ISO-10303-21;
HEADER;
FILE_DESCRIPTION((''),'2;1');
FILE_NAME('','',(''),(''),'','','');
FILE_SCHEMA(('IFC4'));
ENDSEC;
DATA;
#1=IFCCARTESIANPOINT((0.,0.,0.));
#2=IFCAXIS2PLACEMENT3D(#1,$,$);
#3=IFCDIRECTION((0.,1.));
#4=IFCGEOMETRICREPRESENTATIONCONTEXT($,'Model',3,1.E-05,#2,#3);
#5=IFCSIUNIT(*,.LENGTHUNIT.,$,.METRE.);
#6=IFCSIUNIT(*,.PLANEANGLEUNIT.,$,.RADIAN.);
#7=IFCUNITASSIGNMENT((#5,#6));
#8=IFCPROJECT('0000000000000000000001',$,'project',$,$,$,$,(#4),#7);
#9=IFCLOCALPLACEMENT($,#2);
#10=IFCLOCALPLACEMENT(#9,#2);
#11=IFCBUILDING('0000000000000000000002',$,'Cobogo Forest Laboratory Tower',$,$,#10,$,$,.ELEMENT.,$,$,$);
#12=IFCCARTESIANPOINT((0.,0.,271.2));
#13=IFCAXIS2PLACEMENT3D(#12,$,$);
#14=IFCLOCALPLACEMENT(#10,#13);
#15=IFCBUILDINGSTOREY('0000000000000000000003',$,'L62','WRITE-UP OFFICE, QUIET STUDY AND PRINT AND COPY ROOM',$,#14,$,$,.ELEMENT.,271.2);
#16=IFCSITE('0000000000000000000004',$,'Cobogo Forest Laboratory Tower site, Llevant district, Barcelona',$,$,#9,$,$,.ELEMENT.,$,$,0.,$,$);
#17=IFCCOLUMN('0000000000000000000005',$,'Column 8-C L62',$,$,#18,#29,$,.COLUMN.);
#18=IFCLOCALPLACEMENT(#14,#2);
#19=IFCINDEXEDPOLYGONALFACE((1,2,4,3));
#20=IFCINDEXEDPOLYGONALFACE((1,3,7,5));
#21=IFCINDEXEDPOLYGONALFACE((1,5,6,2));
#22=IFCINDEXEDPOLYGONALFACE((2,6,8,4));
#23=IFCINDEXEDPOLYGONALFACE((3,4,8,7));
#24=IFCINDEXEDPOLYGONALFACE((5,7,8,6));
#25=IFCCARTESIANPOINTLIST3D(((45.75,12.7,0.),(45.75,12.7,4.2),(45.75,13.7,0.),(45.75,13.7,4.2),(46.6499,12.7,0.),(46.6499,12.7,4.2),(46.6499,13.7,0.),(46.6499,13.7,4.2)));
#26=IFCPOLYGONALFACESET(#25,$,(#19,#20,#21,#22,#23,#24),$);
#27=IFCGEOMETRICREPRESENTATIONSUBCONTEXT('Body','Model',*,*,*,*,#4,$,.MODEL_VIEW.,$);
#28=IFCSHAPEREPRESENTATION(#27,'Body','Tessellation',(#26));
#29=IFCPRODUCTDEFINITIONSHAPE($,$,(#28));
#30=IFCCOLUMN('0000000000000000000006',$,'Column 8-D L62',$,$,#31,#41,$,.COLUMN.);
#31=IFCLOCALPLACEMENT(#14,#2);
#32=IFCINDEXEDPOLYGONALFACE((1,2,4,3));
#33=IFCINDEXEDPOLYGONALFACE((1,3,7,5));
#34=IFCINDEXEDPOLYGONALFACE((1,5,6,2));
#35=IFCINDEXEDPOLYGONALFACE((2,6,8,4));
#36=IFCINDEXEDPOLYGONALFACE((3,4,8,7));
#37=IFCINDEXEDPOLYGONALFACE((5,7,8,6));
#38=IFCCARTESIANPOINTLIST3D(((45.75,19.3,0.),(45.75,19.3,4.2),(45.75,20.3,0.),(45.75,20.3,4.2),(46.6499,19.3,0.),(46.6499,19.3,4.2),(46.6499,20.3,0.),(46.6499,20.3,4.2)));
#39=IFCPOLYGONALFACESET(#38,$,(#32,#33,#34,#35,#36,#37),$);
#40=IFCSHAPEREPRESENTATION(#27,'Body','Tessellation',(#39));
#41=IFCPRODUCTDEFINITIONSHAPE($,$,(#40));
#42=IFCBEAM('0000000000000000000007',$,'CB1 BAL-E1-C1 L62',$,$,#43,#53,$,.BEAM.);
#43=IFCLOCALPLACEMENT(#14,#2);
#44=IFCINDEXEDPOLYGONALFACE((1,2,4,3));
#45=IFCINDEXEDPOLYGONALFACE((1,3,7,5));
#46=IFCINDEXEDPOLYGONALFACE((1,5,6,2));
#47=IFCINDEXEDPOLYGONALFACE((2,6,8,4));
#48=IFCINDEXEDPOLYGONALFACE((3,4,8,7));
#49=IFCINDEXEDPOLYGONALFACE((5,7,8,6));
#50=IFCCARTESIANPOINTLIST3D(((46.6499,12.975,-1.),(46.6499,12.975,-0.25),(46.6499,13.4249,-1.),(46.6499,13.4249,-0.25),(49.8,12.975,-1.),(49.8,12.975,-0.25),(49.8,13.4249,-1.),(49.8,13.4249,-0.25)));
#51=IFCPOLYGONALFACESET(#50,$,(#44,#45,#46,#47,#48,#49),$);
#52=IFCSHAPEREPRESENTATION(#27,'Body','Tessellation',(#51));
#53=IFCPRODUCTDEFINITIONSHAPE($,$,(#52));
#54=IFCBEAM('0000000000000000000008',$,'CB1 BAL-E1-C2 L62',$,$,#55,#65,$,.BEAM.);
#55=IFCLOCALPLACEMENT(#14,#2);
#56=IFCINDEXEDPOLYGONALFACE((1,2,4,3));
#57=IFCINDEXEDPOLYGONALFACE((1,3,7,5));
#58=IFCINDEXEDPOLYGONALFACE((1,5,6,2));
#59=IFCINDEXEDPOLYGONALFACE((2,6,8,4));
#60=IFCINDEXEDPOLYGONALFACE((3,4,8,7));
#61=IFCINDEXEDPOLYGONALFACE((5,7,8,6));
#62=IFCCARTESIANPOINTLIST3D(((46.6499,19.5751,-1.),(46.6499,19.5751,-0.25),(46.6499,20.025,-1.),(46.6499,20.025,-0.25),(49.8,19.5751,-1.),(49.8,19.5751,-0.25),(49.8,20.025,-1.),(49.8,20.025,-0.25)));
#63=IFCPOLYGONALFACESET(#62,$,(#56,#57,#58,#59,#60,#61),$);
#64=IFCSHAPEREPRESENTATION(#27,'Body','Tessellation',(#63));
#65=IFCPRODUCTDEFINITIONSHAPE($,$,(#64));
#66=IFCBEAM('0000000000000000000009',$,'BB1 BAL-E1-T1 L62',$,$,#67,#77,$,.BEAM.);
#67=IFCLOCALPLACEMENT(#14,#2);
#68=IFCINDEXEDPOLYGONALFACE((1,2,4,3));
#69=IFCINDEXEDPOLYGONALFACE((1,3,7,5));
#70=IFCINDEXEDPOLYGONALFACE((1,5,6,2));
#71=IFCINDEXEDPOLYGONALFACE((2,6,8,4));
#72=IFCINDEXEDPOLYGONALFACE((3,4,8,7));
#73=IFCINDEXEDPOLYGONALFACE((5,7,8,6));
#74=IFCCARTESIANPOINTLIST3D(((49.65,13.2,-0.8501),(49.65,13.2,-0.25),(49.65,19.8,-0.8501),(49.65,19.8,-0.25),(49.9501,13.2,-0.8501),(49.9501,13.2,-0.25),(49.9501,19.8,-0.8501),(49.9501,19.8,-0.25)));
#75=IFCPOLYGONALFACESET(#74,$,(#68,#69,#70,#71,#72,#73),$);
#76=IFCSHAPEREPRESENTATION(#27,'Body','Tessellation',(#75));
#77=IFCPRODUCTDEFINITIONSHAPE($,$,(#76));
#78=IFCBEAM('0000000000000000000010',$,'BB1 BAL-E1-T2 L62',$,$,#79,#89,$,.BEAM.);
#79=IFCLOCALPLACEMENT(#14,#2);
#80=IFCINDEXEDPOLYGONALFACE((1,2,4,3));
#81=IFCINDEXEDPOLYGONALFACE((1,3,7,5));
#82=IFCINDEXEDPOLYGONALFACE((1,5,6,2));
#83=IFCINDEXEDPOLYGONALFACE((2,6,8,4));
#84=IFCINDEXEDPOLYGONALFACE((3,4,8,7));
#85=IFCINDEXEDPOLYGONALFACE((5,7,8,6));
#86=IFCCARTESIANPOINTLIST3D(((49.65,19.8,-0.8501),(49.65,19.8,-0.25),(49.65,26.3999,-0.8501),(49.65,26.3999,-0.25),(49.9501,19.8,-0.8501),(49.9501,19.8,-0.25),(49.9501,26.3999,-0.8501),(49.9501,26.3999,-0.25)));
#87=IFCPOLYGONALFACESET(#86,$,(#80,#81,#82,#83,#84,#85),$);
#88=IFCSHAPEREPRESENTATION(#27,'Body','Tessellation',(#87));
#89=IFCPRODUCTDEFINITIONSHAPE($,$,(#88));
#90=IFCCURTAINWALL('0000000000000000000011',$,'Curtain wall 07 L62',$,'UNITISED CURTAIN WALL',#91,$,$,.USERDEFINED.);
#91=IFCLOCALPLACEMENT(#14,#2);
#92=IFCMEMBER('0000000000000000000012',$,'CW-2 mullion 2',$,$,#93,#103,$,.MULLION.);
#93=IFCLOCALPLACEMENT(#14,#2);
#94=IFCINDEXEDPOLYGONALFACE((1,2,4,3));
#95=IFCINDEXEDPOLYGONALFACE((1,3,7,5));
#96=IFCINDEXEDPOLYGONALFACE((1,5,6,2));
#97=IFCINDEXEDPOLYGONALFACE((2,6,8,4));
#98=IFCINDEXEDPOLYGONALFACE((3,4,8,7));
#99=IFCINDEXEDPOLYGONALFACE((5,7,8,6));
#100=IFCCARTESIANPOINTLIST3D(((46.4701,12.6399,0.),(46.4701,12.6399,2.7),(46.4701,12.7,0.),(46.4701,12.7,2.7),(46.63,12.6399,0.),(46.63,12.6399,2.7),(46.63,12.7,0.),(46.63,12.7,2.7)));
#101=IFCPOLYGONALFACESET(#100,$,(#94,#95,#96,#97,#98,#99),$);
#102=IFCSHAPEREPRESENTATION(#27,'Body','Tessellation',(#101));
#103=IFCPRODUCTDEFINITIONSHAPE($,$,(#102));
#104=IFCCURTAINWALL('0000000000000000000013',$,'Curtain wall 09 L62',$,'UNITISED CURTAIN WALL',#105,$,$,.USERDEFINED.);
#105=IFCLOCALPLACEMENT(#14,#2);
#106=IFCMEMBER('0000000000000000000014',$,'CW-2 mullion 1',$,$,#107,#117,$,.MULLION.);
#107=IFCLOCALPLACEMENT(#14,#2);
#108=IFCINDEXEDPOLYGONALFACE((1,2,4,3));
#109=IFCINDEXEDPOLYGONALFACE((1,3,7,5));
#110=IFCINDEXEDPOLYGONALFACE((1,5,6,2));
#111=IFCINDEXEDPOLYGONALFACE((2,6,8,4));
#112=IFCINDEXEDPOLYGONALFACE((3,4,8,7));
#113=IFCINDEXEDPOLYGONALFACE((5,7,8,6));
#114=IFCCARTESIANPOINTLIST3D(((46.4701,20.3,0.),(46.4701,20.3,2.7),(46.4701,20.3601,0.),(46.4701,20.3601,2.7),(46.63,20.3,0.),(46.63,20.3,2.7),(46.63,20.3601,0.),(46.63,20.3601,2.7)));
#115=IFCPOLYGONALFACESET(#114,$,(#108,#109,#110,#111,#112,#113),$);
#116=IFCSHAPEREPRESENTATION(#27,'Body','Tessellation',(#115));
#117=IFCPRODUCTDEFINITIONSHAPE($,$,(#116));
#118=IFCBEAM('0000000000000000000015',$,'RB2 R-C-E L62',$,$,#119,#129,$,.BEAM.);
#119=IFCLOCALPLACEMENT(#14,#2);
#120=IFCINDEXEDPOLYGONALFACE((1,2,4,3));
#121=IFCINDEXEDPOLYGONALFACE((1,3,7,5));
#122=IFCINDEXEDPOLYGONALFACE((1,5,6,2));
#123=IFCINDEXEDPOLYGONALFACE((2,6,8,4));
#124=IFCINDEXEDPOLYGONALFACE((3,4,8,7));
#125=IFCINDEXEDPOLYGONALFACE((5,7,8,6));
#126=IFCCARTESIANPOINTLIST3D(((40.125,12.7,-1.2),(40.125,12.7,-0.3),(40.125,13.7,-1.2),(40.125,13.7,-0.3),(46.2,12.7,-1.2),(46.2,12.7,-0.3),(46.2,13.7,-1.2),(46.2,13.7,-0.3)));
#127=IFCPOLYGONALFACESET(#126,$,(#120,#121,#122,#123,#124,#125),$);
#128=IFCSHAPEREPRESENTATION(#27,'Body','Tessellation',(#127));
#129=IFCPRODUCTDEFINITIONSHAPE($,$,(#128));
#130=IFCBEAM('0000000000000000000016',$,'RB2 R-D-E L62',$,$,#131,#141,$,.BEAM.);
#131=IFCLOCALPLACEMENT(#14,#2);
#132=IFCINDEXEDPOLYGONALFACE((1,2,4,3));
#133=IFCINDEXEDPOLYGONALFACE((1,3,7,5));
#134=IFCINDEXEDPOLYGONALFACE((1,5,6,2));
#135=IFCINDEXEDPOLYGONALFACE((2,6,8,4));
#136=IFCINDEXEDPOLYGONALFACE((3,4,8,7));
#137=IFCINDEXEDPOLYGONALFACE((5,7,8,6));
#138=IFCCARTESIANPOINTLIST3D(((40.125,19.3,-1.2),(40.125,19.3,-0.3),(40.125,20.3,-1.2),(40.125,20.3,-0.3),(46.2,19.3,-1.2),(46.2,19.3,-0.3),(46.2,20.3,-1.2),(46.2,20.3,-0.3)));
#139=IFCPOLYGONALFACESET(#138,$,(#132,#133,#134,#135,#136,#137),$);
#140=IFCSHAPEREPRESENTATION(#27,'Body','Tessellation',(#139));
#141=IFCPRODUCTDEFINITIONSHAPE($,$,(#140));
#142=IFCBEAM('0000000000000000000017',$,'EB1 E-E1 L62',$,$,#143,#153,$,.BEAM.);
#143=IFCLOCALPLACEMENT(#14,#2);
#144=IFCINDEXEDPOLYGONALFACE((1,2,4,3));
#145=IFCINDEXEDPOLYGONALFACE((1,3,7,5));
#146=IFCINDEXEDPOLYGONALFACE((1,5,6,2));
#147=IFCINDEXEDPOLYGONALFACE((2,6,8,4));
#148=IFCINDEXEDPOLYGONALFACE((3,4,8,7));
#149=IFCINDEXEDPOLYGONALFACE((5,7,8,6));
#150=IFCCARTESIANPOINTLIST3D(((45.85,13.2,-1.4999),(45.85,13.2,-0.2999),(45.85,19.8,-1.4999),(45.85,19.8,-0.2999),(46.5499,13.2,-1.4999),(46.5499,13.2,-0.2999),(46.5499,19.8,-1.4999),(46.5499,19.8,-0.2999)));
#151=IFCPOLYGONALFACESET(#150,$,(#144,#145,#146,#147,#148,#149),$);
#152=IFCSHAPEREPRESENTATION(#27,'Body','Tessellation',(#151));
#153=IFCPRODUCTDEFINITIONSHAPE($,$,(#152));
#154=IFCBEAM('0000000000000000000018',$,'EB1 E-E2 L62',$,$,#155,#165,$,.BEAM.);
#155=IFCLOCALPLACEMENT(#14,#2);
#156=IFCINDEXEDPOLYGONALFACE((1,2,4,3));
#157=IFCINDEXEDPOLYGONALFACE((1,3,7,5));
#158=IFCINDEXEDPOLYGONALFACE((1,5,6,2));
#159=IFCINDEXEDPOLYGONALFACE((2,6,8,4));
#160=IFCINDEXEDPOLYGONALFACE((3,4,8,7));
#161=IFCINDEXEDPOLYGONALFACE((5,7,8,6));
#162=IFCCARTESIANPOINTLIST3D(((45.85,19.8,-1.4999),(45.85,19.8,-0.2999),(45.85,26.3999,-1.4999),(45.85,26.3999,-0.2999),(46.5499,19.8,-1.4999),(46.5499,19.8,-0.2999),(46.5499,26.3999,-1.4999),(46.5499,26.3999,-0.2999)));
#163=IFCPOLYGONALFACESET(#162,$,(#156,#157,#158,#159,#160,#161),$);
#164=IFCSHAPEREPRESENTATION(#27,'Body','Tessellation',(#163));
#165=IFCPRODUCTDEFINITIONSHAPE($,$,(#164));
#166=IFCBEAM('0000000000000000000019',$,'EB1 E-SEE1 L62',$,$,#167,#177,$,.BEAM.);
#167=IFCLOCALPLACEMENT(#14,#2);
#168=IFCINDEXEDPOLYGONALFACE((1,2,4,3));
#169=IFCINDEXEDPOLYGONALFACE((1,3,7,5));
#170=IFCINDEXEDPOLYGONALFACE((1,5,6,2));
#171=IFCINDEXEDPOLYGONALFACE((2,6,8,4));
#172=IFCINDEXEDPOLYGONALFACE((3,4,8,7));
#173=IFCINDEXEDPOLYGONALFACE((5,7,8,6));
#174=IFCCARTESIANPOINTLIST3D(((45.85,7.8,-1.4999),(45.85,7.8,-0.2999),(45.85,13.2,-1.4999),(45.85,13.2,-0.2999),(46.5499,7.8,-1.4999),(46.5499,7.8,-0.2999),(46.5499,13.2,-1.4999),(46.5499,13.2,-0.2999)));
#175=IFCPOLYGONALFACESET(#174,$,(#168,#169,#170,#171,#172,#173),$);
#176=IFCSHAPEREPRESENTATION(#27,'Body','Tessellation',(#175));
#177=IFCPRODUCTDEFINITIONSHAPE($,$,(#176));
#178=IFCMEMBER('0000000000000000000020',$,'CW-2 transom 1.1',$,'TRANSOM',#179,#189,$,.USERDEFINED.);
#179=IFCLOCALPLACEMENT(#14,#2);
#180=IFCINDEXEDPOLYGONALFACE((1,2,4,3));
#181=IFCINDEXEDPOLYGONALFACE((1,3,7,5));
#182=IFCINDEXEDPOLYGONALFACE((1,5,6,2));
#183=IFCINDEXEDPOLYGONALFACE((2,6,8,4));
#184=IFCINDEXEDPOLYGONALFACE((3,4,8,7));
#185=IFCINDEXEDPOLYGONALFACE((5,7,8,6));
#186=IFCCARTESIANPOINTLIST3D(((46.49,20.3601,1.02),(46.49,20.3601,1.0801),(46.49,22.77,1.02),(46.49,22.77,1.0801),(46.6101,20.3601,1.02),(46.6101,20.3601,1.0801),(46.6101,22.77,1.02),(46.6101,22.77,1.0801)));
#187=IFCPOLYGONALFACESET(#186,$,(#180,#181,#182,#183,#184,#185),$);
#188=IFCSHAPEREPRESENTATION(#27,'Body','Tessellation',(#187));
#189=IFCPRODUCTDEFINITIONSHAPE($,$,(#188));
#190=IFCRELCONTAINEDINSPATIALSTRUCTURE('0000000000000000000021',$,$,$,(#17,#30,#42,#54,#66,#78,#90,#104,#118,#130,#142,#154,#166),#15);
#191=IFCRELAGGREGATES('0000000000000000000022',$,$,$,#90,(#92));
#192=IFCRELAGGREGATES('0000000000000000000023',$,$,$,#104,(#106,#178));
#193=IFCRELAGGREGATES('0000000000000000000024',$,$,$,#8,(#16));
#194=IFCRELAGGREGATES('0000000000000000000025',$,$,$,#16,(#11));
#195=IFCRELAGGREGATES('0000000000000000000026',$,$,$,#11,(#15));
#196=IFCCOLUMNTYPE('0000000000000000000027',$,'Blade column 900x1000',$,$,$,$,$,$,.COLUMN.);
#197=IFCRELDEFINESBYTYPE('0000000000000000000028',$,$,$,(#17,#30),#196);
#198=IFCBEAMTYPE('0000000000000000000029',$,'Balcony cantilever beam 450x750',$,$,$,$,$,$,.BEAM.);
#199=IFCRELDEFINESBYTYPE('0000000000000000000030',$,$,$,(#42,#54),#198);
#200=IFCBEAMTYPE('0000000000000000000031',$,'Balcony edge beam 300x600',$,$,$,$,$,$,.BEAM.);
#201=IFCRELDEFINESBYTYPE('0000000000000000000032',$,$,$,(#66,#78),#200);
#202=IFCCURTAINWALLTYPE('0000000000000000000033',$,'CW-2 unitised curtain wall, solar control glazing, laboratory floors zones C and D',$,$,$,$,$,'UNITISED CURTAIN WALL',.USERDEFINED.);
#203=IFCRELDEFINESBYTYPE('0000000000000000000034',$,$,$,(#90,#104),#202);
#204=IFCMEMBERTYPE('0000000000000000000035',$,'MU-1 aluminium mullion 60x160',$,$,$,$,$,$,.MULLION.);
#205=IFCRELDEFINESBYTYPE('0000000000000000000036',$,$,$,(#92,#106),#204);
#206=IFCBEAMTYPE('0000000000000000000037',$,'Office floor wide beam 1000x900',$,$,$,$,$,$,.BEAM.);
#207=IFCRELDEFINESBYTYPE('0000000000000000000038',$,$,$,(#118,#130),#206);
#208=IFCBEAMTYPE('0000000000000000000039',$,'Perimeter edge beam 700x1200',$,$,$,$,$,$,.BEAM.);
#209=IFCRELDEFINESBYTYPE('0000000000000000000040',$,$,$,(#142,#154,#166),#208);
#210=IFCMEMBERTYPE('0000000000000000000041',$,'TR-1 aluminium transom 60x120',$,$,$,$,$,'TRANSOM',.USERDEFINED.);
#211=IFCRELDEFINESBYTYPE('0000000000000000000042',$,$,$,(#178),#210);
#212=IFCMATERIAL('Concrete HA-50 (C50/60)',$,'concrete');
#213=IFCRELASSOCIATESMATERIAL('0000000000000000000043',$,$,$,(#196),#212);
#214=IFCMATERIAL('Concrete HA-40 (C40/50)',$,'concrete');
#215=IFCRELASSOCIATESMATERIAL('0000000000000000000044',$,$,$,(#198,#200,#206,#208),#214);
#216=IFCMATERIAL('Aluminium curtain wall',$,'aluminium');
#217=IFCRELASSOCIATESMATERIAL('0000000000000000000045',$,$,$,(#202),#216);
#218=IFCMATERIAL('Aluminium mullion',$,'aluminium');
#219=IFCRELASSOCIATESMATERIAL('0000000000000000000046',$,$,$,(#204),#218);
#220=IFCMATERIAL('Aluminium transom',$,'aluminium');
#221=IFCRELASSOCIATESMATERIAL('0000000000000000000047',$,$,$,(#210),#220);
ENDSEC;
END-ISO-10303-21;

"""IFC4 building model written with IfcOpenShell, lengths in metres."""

from ifc_helpers import new_model, si_unit, direction, frame, origin, origin_2d, place, context, subcontext, project, spatial, rectangle, extrude, material, material_profile, profile_set, type_object, element, aggregate, save


model = new_model("IFC4")

# Units and contexts
model_context = context("Model", 3, precision=1e-05, world=origin(), true_north=direction((0.0, 1.0)))
body_context = subcontext(model_context, "Body", "Model", "MODEL_VIEW")
ifc_project = project(units=[si_unit("LENGTHUNIT", "METRE"), si_unit("PLANEANGLEUNIT", "RADIAN")], contexts=[model_context])

# Site, building, storey
site_placement = place(None, origin())
site = spatial("IfcSite", under=ifc_project, at=site_placement, Name="Cobogo Forest Laboratory Tower site, Llevant district, Barcelona", CompositionType="ELEMENT", RefElevation=0.0)
building_placement = place(site_placement, origin())
building = spatial("IfcBuilding", under=site, at=building_placement, Name="Cobogo Forest Laboratory Tower", CompositionType="ELEMENT")
storey_placement = place(building_placement, frame((0.0, 0.0, 271.2)))
storey = spatial("IfcBuildingStorey", under=building, at=storey_placement, Name="L62", Description="WRITE-UP OFFICE, QUIET STUDY AND PRINT AND COPY ROOM", CompositionType="ELEMENT", Elevation=271.2)

# Columns
ifc_material_1 = material(Name="Concrete HA-50 (C50/60)", Category="concrete")
ifc_material_profile_1 = material_profile(ifc_material_1, rectangle(XDim=1.0, YDim=0.8999, at=origin_2d()), Name="RC 900x1000")
ifc_profile_set_1 = profile_set([ifc_material_profile_1], Name="Concrete HA-50 (C50/60)")
column_type = type_object("IfcColumnType", Name="Blade column 900x1000", PredefinedType="COLUMN", material=ifc_profile_set_1)
for number, where, z_axis, x_axis, name in (
    (1, (46.2, 13.2, 0.0), (0.0, 0.0, 1.0), (0.0, 1.0, 0.0), "Column 8-C L62"),
    (2, (46.2, 19.8, 0.0), (0.0, 0.0, 1.0), (0.0, 1.0, 0.0), "Column 8-D L62"),
):
    element("IfcColumn", number, at=place(storey_placement, frame(where, z_axis=z_axis, x_axis=x_axis)), inside=storey, type_object=column_type, Name=name, PredefinedType="COLUMN", context=body_context, shape_type="SweptSolid", body=[
        extrude(rectangle(XDim=1.0, YDim=0.8999, at=origin_2d()), origin(), (0.0, 0.0, 1.0), 4.2),
    ])

# Beams
ifc_material_2 = material(Name="Concrete HA-40 (C40/50)", Category="concrete")
ifc_material_profile_2 = material_profile(ifc_material_2, rectangle(XDim=0.45, YDim=0.75, at=origin_2d()), Name="RC 450x750")
ifc_profile_set_2 = profile_set([ifc_material_profile_2], Name="Concrete HA-40 (C40/50)")
beam_type_1 = type_object("IfcBeamType", Name="Balcony cantilever beam 450x750", PredefinedType="BEAM", material=ifc_profile_set_2)
for number, where, z_axis, x_axis, name in (
    (3, (46.6499, 13.2, -0.625), (1.0, 0.0, 0.0), (0.0, 1.0, 0.0), "CB1 BAL-E1-C1 L62"),
    (4, (46.6499, 19.8, -0.625), (1.0, 0.0, 0.0), (0.0, 1.0, 0.0), "CB1 BAL-E1-C2 L62"),
):
    element("IfcBeam", number, at=place(storey_placement, frame(where, z_axis=z_axis, x_axis=x_axis)), inside=storey, type_object=beam_type_1, Name=name, PredefinedType="BEAM", context=body_context, shape_type="SweptSolid", body=[
        extrude(rectangle(XDim=0.45, YDim=0.75, at=origin_2d()), origin(), (0.0, 0.0, 1.0), 3.1501),
    ])
ifc_material_profile_3 = material_profile(ifc_material_2, rectangle(XDim=0.3, YDim=0.6001, at=origin_2d()), Name="RC 300x600")
ifc_profile_set_3 = profile_set([ifc_material_profile_3], Name="Concrete HA-40 (C40/50)")
beam_type_2 = type_object("IfcBeamType", Name="Balcony edge beam 300x600", PredefinedType="BEAM", material=ifc_profile_set_3)
beam_1_placement = place(storey_placement, frame((49.8, 13.2, -0.55), z_axis=(0.0, 1.0, 0.0), x_axis=(-1.0, 0.0, 0.0)))
element("IfcBeam", 5, at=beam_1_placement, inside=storey, type_object=beam_type_2, Name="BB1 BAL-E1-T1 L62", PredefinedType="BEAM", context=body_context, shape_type="SweptSolid", body=[
    extrude(rectangle(XDim=0.3, YDim=0.6001, at=origin_2d()), origin(), (0.0, 0.0, 1.0), 6.6001),
])
beam_2_placement = place(storey_placement, frame((49.8, 19.8, -0.55), z_axis=(0.0, 1.0, 0.0), x_axis=(-1.0, 0.0, 0.0)))
element("IfcBeam", 6, at=beam_2_placement, inside=storey, type_object=beam_type_2, Name="BB1 BAL-E1-T2 L62", PredefinedType="BEAM", context=body_context, shape_type="SweptSolid", body=[
    extrude(rectangle(XDim=0.3, YDim=0.6001, at=origin_2d()), origin(), (0.0, 0.0, 1.0), 6.5999),
])

# Curtain walls, members
ifc_material_3 = material(Name="Aluminium curtain wall", Category="aluminium")
curtain_wall_type = type_object("IfcCurtainWallType", Name="CW-2 unitised curtain wall, solar control glazing, laboratory floors zones C and D", ElementType="UNITISED CURTAIN WALL", PredefinedType="USERDEFINED", material=ifc_material_3)
curtain_wall_1_placement = place(storey_placement, origin())
curtain_wall_1 = element("IfcCurtainWall", 7, at=curtain_wall_1_placement, inside=storey, type_object=curtain_wall_type, Name="Curtain wall 07 L62", ObjectType="UNITISED CURTAIN WALL", PredefinedType="USERDEFINED")
ifc_material_4 = material(Name="Aluminium mullion", Category="aluminium")
ifc_material_profile_4 = material_profile(ifc_material_4, rectangle(XDim=0.0601, YDim=0.1599, at=origin_2d()), Name="AL 60x160")
ifc_profile_set_4 = profile_set([ifc_material_profile_4], Name="Aluminium mullion")
member_type_1 = type_object("IfcMemberType", Name="MU-1 aluminium mullion 60x160", PredefinedType="MULLION", material=ifc_profile_set_4)
member_1_placement = place(storey_placement, frame((46.55, 12.6699, 0.0), z_axis=(0.0, 0.0, 1.0), x_axis=(0.0, 1.0, 0.0)))
member_1 = element("IfcMember", 8, at=member_1_placement, type_object=member_type_1, Name="CW-2 mullion 2", PredefinedType="MULLION", context=body_context, shape_type="SweptSolid", body=[
    extrude(rectangle(XDim=0.0601, YDim=0.1599, at=origin_2d()), origin(), (0.0, 0.0, 1.0), 2.7),
])
aggregate(curtain_wall_1, [member_1])
curtain_wall_2_placement = place(storey_placement, origin())
curtain_wall_2 = element("IfcCurtainWall", 9, at=curtain_wall_2_placement, inside=storey, type_object=curtain_wall_type, Name="Curtain wall 09 L62", ObjectType="UNITISED CURTAIN WALL", PredefinedType="USERDEFINED")
member_2_placement = place(storey_placement, frame((46.55, 20.3301, 0.0), z_axis=(0.0, 0.0, 1.0), x_axis=(0.0, 1.0, 0.0)))
member_2 = element("IfcMember", 10, at=member_2_placement, type_object=member_type_1, Name="CW-2 mullion 1", PredefinedType="MULLION", context=body_context, shape_type="SweptSolid", body=[
    extrude(rectangle(XDim=0.0601, YDim=0.1599, at=origin_2d()), origin(), (0.0, 0.0, 1.0), 2.7),
])

# Beams
ifc_material_profile_5 = material_profile(ifc_material_2, rectangle(XDim=1.0, YDim=0.8999, at=origin_2d()), Name="RC 1000x900")
ifc_profile_set_5 = profile_set([ifc_material_profile_5], Name="Concrete HA-40 (C40/50)")
beam_type_3 = type_object("IfcBeamType", Name="Office floor wide beam 1000x900", PredefinedType="BEAM", material=ifc_profile_set_5)
for number, where, z_axis, x_axis, name in (
    (11, (40.125, 13.2, -0.75), (1.0, 0.0, 0.0), (0.0, 1.0, 0.0), "RB2 R-C-E L62"),
    (12, (40.125, 19.8, -0.75), (1.0, 0.0, 0.0), (0.0, 1.0, 0.0), "RB2 R-D-E L62"),
):
    element("IfcBeam", number, at=place(storey_placement, frame(where, z_axis=z_axis, x_axis=x_axis)), inside=storey, type_object=beam_type_3, Name=name, PredefinedType="BEAM", context=body_context, shape_type="SweptSolid", body=[
        extrude(rectangle(XDim=1.0, YDim=0.8999, at=origin_2d()), origin(), (0.0, 0.0, 1.0), 6.075),
    ])
ifc_material_profile_6 = material_profile(ifc_material_2, rectangle(XDim=0.7, YDim=1.2, at=origin_2d()), Name="RC 700x1200")
ifc_profile_set_6 = profile_set([ifc_material_profile_6], Name="Concrete HA-40 (C40/50)")
beam_type_4 = type_object("IfcBeamType", Name="Perimeter edge beam 700x1200", PredefinedType="BEAM", material=ifc_profile_set_6)
beam_3_placement = place(storey_placement, frame((46.2, 13.2, -0.8999), z_axis=(0.0, 1.0, 0.0), x_axis=(-1.0, 0.0, 0.0)))
element("IfcBeam", 13, at=beam_3_placement, inside=storey, type_object=beam_type_4, Name="EB1 E-E1 L62", PredefinedType="BEAM", context=body_context, shape_type="SweptSolid", body=[
    extrude(rectangle(XDim=0.7, YDim=1.2, at=origin_2d()), origin(), (0.0, 0.0, 1.0), 6.6001),
])
beam_4_placement = place(storey_placement, frame((46.2, 19.8, -0.8999), z_axis=(0.0, 1.0, 0.0), x_axis=(-1.0, 0.0, 0.0)))
element("IfcBeam", 14, at=beam_4_placement, inside=storey, type_object=beam_type_4, Name="EB1 E-E2 L62", PredefinedType="BEAM", context=body_context, shape_type="SweptSolid", body=[
    extrude(rectangle(XDim=0.7, YDim=1.2, at=origin_2d()), origin(), (0.0, 0.0, 1.0), 6.5999),
])
beam_5_placement = place(storey_placement, frame((46.2, 13.2, -0.8999), z_axis=(0.0, -1.0, 0.0), x_axis=(1.0, 0.0, 0.0)))
element("IfcBeam", 15, at=beam_5_placement, inside=storey, type_object=beam_type_4, Name="EB1 E-SEE1 L62", PredefinedType="BEAM", context=body_context, shape_type="SweptSolid", body=[
    extrude(rectangle(XDim=0.7, YDim=1.2, at=origin_2d()), origin(), (0.0, 0.0, 1.0), 5.3999),
])

# Member
ifc_material_5 = material(Name="Aluminium transom", Category="aluminium")
ifc_material_profile_7 = material_profile(ifc_material_5, rectangle(XDim=0.1201, YDim=0.0601, at=origin_2d()), Name="AL 60x120")
ifc_profile_set_7 = profile_set([ifc_material_profile_7], Name="Aluminium transom")
member_type_2 = type_object("IfcMemberType", Name="TR-1 aluminium transom 60x120", ElementType="TRANSOM", PredefinedType="USERDEFINED", material=ifc_profile_set_7)
member_3_placement = place(storey_placement, frame((46.55, 20.3601, 1.05), z_axis=(0.0, 1.0, 0.0), x_axis=(-1.0, 0.0, 0.0)))
member_3 = element("IfcMember", 16, at=member_3_placement, type_object=member_type_2, Name="CW-2 transom 1.1", ObjectType="TRANSOM", PredefinedType="USERDEFINED", context=body_context, shape_type="SweptSolid", body=[
    extrude(rectangle(XDim=0.1201, YDim=0.0601, at=origin_2d()), origin(), (0.0, 0.0, 1.0), 2.4099),
])

aggregate(curtain_wall_2, [member_2, member_3])

save(model, "model.ifc")
